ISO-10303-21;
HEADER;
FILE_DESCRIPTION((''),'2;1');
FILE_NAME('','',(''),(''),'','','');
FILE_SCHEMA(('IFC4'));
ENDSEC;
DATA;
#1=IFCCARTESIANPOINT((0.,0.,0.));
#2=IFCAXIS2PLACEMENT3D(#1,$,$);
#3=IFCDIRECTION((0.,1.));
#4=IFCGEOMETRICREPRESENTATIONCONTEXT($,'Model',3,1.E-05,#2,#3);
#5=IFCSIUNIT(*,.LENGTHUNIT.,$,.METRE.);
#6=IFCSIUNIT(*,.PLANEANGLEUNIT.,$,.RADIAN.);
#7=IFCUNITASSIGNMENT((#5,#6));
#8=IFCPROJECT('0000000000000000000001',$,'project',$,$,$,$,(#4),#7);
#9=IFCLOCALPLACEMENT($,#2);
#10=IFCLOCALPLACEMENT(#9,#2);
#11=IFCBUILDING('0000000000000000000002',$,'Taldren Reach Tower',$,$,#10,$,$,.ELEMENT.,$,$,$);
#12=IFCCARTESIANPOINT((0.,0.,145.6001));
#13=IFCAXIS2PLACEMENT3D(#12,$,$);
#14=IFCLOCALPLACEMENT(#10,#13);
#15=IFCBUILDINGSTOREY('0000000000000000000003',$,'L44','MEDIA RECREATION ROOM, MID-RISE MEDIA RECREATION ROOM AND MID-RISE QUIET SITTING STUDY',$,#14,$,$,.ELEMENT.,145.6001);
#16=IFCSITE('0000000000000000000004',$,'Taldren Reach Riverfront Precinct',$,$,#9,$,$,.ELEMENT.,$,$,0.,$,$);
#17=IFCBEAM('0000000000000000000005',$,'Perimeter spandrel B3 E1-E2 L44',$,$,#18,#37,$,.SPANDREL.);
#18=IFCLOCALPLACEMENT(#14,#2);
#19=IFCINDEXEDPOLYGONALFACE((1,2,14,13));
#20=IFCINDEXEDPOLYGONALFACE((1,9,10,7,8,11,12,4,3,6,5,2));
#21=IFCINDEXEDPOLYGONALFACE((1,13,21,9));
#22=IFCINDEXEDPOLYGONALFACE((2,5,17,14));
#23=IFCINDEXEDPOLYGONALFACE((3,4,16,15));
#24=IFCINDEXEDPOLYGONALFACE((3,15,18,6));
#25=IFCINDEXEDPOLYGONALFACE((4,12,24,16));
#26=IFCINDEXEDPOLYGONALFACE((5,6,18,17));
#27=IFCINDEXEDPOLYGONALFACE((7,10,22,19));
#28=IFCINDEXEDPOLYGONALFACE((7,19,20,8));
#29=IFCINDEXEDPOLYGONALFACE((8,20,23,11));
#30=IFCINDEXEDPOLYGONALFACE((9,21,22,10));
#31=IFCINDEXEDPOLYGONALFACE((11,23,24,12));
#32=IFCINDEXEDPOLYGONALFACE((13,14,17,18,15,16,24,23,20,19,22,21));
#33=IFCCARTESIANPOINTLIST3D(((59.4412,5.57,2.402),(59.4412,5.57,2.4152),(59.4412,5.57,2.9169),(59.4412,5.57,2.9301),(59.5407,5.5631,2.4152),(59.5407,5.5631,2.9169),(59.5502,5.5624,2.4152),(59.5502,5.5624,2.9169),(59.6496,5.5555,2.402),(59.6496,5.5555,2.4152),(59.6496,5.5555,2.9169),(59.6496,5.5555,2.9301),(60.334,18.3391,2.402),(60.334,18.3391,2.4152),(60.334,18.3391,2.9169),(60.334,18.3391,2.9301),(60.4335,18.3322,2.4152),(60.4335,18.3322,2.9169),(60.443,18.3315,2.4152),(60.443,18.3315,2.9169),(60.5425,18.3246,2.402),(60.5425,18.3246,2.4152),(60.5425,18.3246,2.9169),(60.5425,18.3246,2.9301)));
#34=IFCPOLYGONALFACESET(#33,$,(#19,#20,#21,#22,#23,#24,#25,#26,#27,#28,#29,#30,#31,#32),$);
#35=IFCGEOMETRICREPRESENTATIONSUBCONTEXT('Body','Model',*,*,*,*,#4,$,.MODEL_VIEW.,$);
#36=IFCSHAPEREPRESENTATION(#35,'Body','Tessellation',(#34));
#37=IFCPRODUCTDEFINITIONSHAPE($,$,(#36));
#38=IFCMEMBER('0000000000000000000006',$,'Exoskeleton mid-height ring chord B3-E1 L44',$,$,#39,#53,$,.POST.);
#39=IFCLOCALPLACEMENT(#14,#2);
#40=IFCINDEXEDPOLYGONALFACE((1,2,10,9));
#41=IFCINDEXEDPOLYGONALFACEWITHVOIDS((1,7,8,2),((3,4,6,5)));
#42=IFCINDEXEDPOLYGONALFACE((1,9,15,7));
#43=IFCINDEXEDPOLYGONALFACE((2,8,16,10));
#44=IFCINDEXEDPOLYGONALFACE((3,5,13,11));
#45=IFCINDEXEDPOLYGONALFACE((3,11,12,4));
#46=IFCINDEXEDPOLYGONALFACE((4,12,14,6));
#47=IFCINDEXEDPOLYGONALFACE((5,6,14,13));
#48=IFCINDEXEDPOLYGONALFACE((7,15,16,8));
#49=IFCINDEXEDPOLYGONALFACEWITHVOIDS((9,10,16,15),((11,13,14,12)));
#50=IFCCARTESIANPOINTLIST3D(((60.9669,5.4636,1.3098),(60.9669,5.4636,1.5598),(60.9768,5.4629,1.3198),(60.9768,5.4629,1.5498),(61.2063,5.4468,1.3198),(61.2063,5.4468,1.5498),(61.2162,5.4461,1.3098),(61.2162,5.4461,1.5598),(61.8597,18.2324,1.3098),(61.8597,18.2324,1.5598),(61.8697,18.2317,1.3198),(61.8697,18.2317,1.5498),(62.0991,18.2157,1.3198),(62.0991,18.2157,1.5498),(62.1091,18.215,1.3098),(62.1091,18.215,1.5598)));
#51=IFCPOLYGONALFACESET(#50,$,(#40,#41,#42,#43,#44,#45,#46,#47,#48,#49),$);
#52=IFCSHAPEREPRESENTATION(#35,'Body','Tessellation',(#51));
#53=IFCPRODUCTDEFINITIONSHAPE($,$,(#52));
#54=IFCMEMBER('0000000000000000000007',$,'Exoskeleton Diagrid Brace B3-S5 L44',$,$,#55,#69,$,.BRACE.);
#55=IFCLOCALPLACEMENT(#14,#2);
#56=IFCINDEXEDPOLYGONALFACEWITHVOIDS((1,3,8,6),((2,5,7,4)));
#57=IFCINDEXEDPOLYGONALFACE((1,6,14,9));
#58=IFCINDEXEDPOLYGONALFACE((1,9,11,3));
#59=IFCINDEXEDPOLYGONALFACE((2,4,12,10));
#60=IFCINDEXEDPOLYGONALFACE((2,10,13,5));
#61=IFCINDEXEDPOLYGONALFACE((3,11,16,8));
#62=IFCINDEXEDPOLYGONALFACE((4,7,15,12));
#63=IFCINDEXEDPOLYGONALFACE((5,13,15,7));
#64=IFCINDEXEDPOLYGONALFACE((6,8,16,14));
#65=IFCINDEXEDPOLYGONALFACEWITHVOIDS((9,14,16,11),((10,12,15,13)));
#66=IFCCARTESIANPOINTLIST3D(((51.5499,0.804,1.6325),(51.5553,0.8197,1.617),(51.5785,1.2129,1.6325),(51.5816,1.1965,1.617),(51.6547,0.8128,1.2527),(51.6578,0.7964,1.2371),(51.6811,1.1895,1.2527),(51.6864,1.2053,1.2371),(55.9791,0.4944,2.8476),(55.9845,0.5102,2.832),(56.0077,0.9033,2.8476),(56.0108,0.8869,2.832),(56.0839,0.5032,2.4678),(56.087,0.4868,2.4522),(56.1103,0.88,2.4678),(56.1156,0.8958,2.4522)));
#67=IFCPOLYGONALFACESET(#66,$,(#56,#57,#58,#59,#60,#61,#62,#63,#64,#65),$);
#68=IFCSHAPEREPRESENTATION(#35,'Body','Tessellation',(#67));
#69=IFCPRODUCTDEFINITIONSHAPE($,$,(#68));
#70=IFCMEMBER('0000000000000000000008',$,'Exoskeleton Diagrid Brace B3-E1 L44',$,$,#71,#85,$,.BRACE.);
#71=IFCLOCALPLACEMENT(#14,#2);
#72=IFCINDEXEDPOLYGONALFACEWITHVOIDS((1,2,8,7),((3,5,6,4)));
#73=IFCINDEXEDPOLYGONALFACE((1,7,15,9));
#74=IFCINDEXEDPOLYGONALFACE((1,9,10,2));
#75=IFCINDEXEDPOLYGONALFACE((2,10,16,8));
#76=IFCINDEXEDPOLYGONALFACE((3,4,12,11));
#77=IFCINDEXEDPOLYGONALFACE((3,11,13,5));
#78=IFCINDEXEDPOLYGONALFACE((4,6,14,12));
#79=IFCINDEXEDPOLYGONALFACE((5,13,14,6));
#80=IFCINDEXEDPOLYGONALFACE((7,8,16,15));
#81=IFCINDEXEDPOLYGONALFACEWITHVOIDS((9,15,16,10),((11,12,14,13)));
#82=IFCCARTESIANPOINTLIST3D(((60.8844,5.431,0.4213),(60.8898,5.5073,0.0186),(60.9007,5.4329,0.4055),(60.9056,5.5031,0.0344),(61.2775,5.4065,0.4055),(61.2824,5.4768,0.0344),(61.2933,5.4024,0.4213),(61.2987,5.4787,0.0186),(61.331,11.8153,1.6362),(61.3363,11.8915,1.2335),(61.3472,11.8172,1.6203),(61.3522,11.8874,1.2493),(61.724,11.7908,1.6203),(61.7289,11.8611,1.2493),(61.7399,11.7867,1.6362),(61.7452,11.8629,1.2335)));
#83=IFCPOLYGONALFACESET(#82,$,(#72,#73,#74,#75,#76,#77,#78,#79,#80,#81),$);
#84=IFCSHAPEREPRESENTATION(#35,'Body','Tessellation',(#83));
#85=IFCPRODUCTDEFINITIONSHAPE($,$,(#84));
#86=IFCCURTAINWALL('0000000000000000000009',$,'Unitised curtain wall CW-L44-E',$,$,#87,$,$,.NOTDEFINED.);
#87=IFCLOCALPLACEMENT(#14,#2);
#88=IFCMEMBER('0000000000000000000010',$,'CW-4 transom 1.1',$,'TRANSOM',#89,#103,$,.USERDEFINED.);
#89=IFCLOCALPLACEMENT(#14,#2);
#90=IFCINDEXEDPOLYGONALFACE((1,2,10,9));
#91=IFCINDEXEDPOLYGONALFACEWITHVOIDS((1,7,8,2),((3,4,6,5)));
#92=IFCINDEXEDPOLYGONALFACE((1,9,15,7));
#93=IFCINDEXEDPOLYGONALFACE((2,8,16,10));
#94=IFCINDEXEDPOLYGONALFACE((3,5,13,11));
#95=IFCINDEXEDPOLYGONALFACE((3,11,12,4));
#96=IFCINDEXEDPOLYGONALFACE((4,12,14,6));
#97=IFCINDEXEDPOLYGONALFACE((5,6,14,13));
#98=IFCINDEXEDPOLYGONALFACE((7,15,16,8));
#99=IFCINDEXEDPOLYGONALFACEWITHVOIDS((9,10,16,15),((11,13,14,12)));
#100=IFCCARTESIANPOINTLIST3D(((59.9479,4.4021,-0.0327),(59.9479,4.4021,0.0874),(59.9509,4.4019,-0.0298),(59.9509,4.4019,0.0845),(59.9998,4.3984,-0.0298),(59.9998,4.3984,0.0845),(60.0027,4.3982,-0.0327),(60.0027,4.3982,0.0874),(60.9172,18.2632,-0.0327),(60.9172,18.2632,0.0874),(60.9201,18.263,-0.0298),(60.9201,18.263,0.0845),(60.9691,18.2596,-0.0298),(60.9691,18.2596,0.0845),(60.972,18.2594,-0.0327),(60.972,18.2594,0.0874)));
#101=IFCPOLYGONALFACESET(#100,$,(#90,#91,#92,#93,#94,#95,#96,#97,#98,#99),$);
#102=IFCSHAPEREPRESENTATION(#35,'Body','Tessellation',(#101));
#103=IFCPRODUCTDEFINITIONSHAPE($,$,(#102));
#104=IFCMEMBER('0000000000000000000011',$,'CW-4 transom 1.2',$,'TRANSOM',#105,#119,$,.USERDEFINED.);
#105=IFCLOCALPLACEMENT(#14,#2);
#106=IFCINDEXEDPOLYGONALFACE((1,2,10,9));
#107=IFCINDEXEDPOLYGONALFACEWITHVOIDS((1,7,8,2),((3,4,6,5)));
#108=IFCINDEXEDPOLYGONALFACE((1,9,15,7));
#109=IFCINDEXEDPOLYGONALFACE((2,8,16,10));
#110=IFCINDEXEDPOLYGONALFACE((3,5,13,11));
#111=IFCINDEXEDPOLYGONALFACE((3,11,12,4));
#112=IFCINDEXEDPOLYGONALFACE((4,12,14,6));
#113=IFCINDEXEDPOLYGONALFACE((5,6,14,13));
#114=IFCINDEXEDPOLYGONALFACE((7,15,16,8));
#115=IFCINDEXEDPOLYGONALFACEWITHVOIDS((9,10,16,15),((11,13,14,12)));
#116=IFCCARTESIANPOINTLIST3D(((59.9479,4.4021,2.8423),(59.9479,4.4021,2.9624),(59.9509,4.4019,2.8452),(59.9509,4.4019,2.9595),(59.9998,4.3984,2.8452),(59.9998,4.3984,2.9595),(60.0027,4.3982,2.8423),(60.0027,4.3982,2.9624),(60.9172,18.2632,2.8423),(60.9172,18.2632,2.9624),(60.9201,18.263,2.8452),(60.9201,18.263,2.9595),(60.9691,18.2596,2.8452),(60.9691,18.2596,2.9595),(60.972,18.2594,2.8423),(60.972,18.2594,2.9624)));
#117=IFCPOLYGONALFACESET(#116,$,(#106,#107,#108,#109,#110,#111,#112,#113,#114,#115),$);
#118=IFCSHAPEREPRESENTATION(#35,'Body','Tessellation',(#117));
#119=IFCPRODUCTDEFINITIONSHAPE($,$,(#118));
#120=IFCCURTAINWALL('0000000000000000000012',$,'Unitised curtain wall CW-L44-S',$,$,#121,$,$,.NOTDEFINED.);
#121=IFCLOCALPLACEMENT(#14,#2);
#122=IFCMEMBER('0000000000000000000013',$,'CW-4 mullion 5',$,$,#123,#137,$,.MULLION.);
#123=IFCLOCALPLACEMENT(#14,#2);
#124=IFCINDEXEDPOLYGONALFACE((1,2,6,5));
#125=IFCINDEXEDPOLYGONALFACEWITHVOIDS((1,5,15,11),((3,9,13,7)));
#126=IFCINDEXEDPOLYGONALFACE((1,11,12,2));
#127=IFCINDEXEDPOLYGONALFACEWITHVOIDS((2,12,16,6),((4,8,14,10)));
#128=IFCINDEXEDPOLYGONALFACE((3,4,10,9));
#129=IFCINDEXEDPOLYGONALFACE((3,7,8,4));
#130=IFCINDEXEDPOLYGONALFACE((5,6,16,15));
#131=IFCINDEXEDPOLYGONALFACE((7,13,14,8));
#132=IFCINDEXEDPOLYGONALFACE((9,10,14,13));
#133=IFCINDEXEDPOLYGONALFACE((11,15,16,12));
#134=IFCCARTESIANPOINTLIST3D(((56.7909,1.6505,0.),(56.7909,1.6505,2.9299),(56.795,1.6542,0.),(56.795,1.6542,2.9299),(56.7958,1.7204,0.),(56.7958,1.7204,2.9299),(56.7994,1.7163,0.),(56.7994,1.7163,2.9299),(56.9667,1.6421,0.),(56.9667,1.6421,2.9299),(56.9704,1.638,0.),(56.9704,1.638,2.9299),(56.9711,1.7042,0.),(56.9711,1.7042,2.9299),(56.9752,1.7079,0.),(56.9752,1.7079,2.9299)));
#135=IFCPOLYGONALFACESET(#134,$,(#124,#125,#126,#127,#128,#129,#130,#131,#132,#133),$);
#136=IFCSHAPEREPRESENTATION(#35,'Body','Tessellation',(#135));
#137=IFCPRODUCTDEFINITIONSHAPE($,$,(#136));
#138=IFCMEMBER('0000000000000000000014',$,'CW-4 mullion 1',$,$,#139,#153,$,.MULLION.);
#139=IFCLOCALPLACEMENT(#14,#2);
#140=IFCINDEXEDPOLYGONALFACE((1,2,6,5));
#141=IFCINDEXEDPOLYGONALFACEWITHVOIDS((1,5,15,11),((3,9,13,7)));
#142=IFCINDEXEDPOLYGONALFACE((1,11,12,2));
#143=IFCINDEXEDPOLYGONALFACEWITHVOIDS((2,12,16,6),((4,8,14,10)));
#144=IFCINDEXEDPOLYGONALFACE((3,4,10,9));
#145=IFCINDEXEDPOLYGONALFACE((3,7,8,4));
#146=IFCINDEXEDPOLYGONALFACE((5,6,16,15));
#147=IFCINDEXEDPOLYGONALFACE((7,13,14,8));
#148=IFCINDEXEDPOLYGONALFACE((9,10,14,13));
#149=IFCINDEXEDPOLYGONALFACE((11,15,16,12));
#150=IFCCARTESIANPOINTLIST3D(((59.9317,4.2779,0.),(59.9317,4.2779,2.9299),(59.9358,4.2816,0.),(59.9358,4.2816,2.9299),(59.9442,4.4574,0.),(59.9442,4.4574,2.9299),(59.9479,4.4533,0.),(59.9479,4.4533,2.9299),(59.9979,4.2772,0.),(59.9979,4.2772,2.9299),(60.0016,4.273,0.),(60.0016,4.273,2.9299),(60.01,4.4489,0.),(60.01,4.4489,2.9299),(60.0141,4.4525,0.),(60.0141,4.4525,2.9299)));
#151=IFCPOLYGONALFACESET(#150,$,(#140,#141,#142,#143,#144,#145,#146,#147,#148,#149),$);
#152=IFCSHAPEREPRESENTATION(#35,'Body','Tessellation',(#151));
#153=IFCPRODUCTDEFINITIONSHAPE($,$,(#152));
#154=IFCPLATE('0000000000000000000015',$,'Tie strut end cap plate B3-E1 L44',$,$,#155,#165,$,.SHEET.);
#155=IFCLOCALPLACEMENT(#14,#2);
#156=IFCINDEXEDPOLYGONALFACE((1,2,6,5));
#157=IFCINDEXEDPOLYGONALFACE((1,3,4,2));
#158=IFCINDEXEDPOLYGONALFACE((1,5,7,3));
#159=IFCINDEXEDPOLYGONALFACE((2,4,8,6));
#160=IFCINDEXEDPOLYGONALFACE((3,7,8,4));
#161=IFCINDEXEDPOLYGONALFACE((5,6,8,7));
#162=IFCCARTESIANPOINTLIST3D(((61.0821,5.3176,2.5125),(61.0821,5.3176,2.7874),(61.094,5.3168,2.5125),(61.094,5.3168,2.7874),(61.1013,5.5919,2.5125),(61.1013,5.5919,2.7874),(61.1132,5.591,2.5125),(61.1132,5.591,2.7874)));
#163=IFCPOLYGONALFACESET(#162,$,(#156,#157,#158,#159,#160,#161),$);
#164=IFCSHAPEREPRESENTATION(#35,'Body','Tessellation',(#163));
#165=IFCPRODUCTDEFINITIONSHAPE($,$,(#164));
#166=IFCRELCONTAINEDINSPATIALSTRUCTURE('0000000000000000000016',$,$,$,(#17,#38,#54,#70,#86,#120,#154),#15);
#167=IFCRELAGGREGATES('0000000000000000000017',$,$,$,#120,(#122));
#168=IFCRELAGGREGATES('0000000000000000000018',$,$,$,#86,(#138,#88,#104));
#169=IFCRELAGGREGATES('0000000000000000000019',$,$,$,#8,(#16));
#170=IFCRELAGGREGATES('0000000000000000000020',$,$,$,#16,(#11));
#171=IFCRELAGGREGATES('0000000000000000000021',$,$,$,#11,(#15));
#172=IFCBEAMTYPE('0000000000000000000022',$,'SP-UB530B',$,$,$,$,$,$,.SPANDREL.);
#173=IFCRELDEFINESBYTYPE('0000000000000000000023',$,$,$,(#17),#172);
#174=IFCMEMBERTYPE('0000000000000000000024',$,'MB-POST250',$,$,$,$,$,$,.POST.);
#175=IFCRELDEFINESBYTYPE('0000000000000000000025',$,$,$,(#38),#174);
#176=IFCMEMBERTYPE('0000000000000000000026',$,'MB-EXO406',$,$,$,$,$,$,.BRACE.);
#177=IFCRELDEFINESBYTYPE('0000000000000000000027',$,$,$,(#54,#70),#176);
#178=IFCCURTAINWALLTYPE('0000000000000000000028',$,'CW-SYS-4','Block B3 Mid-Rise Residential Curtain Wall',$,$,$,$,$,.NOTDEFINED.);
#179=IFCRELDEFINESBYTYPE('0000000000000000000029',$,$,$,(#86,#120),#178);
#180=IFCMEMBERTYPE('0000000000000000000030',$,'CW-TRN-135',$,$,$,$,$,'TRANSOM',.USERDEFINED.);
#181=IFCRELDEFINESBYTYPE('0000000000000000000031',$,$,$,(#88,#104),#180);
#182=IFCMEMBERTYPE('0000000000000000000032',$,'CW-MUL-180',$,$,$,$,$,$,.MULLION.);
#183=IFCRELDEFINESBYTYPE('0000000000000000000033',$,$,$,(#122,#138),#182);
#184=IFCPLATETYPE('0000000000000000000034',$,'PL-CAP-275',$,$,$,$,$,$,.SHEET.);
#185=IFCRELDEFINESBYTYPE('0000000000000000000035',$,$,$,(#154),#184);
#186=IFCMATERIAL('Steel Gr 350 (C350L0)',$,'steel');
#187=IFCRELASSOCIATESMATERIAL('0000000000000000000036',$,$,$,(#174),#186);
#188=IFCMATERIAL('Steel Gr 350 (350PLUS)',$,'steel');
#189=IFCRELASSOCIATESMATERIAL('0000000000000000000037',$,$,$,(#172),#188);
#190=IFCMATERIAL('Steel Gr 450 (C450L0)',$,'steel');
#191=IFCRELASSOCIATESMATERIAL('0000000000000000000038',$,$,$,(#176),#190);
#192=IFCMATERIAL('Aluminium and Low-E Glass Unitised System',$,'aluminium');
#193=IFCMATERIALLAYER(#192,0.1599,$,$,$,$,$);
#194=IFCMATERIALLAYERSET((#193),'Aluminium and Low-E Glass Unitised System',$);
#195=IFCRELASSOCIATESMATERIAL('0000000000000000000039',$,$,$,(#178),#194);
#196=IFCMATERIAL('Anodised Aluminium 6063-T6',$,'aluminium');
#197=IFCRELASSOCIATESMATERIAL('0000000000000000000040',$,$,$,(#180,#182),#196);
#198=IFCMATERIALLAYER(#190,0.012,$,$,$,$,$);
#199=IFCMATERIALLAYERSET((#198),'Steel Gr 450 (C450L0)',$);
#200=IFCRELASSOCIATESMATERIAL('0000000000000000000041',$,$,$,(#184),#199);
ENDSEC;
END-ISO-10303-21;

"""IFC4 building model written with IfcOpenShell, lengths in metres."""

from ifc_helpers import new_model, si_unit, direction, frame, origin, origin_2d, place, context, subcontext, project, spatial, rectangle, hollow_rectangle, i_section, extrude, source, transform, mapped, material, layer, layer_set, material_profile, profile_set, type_object, element, aggregate, save


model = new_model("IFC4")

# Units and contexts
model_context = context("Model", 3, precision=1e-05, world=origin(), true_north=direction((0.0, 1.0)))
body_context = subcontext(model_context, "Body", "Model", "MODEL_VIEW")
ifc_project = project(units=[si_unit("LENGTHUNIT", "METRE"), si_unit("PLANEANGLEUNIT", "RADIAN")], contexts=[model_context])

# Site, building, storey
site_placement = place(None, origin())
site = spatial("IfcSite", under=ifc_project, at=site_placement, Name="Taldren Reach Riverfront Precinct", CompositionType="ELEMENT", RefElevation=0.0)
building_placement = place(site_placement, origin())
building = spatial("IfcBuilding", under=site, at=building_placement, Name="Taldren Reach Tower", CompositionType="ELEMENT")
storey_placement = place(building_placement, frame((0.0, 0.0, 145.6001)))
storey = spatial("IfcBuildingStorey", under=building, at=storey_placement, Name="L44", Description="MEDIA RECREATION ROOM, MID-RISE MEDIA RECREATION ROOM AND MID-RISE QUIET SITTING STUDY", CompositionType="ELEMENT", Elevation=145.6001)

# Shared definitions
ifc_material_1 = material(Name="Steel Gr 450 (C450L0)", Category="steel")
ifc_material_2 = material(Name="Steel Gr 350 (350PLUS)", Category="steel")

# Shared definitions
ifc_material_3 = material(Name="Steel Gr 350 (C350L0)", Category="steel")
ifc_material_profile_1 = material_profile(ifc_material_3, hollow_rectangle(XDim=0.25, YDim=0.25, WallThickness=0.01, at=origin_2d()), Name="250x250x10.0SHS")
ifc_profile_set_1 = profile_set([ifc_material_profile_1], Name="Steel Gr 350 (C350L0)")
member_type_1 = type_object("IfcMemberType", Name="MB-POST250", PredefinedType="POST", material=ifc_profile_set_1)

# Beam
ifc_material_profile_2 = material_profile(ifc_material_2, i_section(OverallWidth=0.209, OverallDepth=0.5281, WebThickness=0.0095, FlangeThickness=0.0132, at=origin_2d()), Name="530UB82.0")
ifc_profile_set_2 = profile_set([ifc_material_profile_2], Name="Steel Gr 350 (350PLUS)")
beam_type_1 = type_object("IfcBeamType", Name="SP-UB530B", PredefinedType="SPANDREL", material=ifc_profile_set_2)
shared_shape_1 = source(origin(), body_context, "Body", "SweptSolid", [
    extrude(i_section(OverallWidth=0.209, OverallDepth=0.5281, WebThickness=0.0095, FlangeThickness=0.0132, at=origin_2d()), origin(), (0.0, 0.0, 1.0), 12.8003),
])
beam_1_placement = place(storey_placement, frame((59.5454, 5.5627, 2.666), z_axis=(0.069751, 0.997564, 0.0), x_axis=(-0.997564, 0.069751, 0.0)))
element("IfcBeam", 1, at=beam_1_placement, inside=storey, type_object=beam_type_1, Name="Perimeter spandrel B3 E1-E2 L44", PredefinedType="SPANDREL", context=body_context, shape_type="MappedRepresentation", body=[
    mapped(shared_shape_1, transform((0.0, 0.0, 0.0), scale=1.0)),
])

# Members
shared_shape_2 = source(origin(), body_context, "Body", "SweptSolid", [
    extrude(hollow_rectangle(XDim=0.25, YDim=0.25, WallThickness=0.01, at=origin_2d()), origin(), (0.0, 0.0, 1.0), 12.8),
])
member_1_placement = place(storey_placement, frame((61.0916, 5.4548, 1.4348), z_axis=(0.069752, 0.997564, 0.0), x_axis=(-0.997564, 0.069752, 0.0)))
element("IfcMember", 2, at=member_1_placement, inside=storey, type_object=member_type_1, Name="Exoskeleton mid-height ring chord B3-E1 L44", PredefinedType="POST", context=body_context, shape_type="MappedRepresentation", body=[
    mapped(shared_shape_2, transform((0.0, 0.0, 0.0), scale=1.0)),
])
ifc_material_profile_3 = material_profile(ifc_material_1, hollow_rectangle(XDim=0.4099, YDim=0.4099, WallThickness=0.0161, at=origin_2d()), Name="410x410x16.0SHS")
ifc_profile_set_3 = profile_set([ifc_material_profile_3], Name="Steel Gr 450 (C450L0)")
member_type_2 = type_object("IfcMemberType", Name="MB-EXO406", PredefinedType="BRACE", material=ifc_profile_set_3)
shared_shape_3 = source(origin(), body_context, "Body", "SweptSolid", [
    extrude(hollow_rectangle(XDim=0.4099, YDim=0.4099, WallThickness=0.0161, at=origin_2d()), origin(), (0.0, 0.0, 1.0), 4.6033),
])
member_2_placement = place(storey_placement, frame((51.6182, 1.0046, 1.4348), z_axis=(0.962186, -0.06725, 0.263962), x_axis=(0.069723, 0.997566, 0.0)))
element("IfcMember", 3, at=member_2_placement, inside=storey, type_object=member_type_2, Name="Exoskeleton Diagrid Brace B3-S5 L44", PredefinedType="BRACE", context=body_context, shape_type="MappedRepresentation", body=[
    mapped(shared_shape_3, transform((0.0, 0.0, 0.0), scale=1.0)),
])
shared_shape_4 = source(origin(), body_context, "Body", "SweptSolid", [
    extrude(hollow_rectangle(XDim=0.4099, YDim=0.4099, WallThickness=0.0161, at=origin_2d()), origin(), (0.0, 0.0, 1.0), 6.5142),
])
member_3_placement = place(storey_placement, frame((61.0916, 5.4548, 0.22), z_axis=(0.068548, 0.980062, 0.186493), x_axis=(-0.997563, 0.069772, 0.0)))
element("IfcMember", 4, at=member_3_placement, inside=storey, type_object=member_type_2, Name="Exoskeleton Diagrid Brace B3-E1 L44", PredefinedType="BRACE", context=body_context, shape_type="MappedRepresentation", body=[
    mapped(shared_shape_4, transform((0.0, 0.0, 0.0), scale=1.0)),
])

# Curtain wall, members
ifc_material_4 = material(Name="Aluminium and Low-E Glass Unitised System", Category="aluminium")
ifc_layer_1 = layer(ifc_material_4, 0.1599)
ifc_layer_set_1 = layer_set([ifc_layer_1], Name="Aluminium and Low-E Glass Unitised System")
curtain_wall_type = type_object("IfcCurtainWallType", Name="CW-SYS-4", Description="Block B3 Mid-Rise Residential Curtain Wall", PredefinedType="NOTDEFINED", material=ifc_layer_set_1)
curtain_wall_1_placement = place(storey_placement, origin())
curtain_wall_1 = element("IfcCurtainWall", 5, at=curtain_wall_1_placement, inside=storey, type_object=curtain_wall_type, Name="Unitised curtain wall CW-L44-E", PredefinedType="NOTDEFINED")
ifc_material_5 = material(Name="Anodised Aluminium 6063-T6", Category="aluminium")
ifc_material_profile_4 = material_profile(ifc_material_5, hollow_rectangle(XDim=0.0549, YDim=0.1201, WallThickness=0.0029, at=origin_2d()), Name="ALU-120x55x3RHS")
ifc_profile_set_4 = profile_set([ifc_material_profile_4], Name="Anodised Aluminium 6063-T6")
member_type_3 = type_object("IfcMemberType", Name="CW-TRN-135", ElementType="TRANSOM", PredefinedType="USERDEFINED", material=ifc_profile_set_4)
shared_shape_5 = source(origin(), body_context, "Body", "SweptSolid", [
    extrude(hollow_rectangle(XDim=0.0549, YDim=0.1201, WallThickness=0.0029, at=origin_2d()), origin(), (0.0, 0.0, 1.0), 13.895),
])
member_4_placement = place(storey_placement, frame((59.9753, 4.4001, 0.0273), z_axis=(0.069755, 0.997564, 0.0), x_axis=(-0.997564, 0.069755, 0.0)))
member_4 = element("IfcMember", 6, at=member_4_placement, type_object=member_type_3, Name="CW-4 transom 1.1", ObjectType="TRANSOM", PredefinedType="USERDEFINED", context=body_context, shape_type="MappedRepresentation", body=[
    mapped(shared_shape_5, transform((0.0, 0.0, 0.0), scale=1.0)),
])
member_5_placement = place(storey_placement, frame((59.9753, 4.4001, 2.9023), z_axis=(0.069755, 0.997564, 0.0), x_axis=(-0.997564, 0.069755, 0.0)))
member_5 = element("IfcMember", 7, at=member_5_placement, type_object=member_type_3, Name="CW-4 transom 1.2", ObjectType="TRANSOM", PredefinedType="USERDEFINED", context=body_context, shape_type="MappedRepresentation", body=[
    mapped(shared_shape_5, transform((0.0, 0.0, 0.0), scale=1.0)),
])

# Curtain wall, member
curtain_wall_2_placement = place(storey_placement, origin())
curtain_wall_2 = element("IfcCurtainWall", 8, at=curtain_wall_2_placement, inside=storey, type_object=curtain_wall_type, Name="Unitised curtain wall CW-L44-S", PredefinedType="NOTDEFINED")
ifc_material_profile_5 = material_profile(ifc_material_5, hollow_rectangle(XDim=0.0701, YDim=0.1799, WallThickness=0.0039, at=origin_2d()), Name="ALU-180x70x4RHS")
ifc_profile_set_5 = profile_set([ifc_material_profile_5], Name="Anodised Aluminium 6063-T6")
member_type_4 = type_object("IfcMemberType", Name="CW-MUL-180", PredefinedType="MULLION", material=ifc_profile_set_5)
shared_shape_6 = source(origin(), body_context, "Body", "SweptSolid", [
    extrude(hollow_rectangle(XDim=0.0701, YDim=0.1799, WallThickness=0.0039, at=origin_2d()), origin(), (0.0, 0.0, 1.0), 2.9299),
])
member_6_placement = place(storey_placement, frame((56.8831, 1.6792, 0.0), z_axis=(0.0, 0.0, 1.0), x_axis=(0.069757, 0.997564, 0.0)))
member_6 = element("IfcMember", 9, at=member_6_placement, type_object=member_type_4, Name="CW-4 mullion 5", PredefinedType="MULLION", context=body_context, shape_type="MappedRepresentation", body=[
    mapped(shared_shape_6, transform((0.0, 0.0, 0.0), scale=1.0)),
])

# Member
member_7_placement = place(storey_placement, frame((59.9729, 4.3652, 0.0), z_axis=(0.0, 0.0, 1.0), x_axis=(-0.997564, 0.069756, 0.0)))
member_7 = element("IfcMember", 10, at=member_7_placement, type_object=member_type_4, Name="CW-4 mullion 1", PredefinedType="MULLION", context=body_context, shape_type="MappedRepresentation", body=[
    mapped(shared_shape_6, transform((0.0, 0.0, 0.0), scale=1.0)),
])

# Plate
ifc_layer_2 = layer(ifc_material_1, 0.012)
ifc_layer_set_2 = layer_set([ifc_layer_2], Name="Steel Gr 450 (C450L0)")
plate_type_1 = type_object("IfcPlateType", Name="PL-CAP-275", PredefinedType="SHEET", material=ifc_layer_set_2)
shared_shape_7 = source(origin(), body_context, "Body", "SweptSolid", [
    extrude(rectangle(XDim=0.012, YDim=0.2749, at=origin_2d()), origin(), (0.0, 0.0, 1.0), 0.2749),
])
plate_1_placement = place(storey_placement, frame((61.0977, 5.4543, 2.5125), z_axis=(0.0, 0.0, 1.0), x_axis=(0.997564, -0.069756, 0.0)))
element("IfcPlate", 11, at=plate_1_placement, inside=storey, type_object=plate_type_1, Name="Tie strut end cap plate B3-E1 L44", PredefinedType="SHEET", context=body_context, shape_type="MappedRepresentation", body=[
    mapped(shared_shape_7, transform((0.0, 0.0, 0.0), scale=1.0)),
])

aggregate(curtain_wall_2, [member_6])
aggregate(curtain_wall_1, [member_7, member_4, member_5])

save(model, "model.ifc")
